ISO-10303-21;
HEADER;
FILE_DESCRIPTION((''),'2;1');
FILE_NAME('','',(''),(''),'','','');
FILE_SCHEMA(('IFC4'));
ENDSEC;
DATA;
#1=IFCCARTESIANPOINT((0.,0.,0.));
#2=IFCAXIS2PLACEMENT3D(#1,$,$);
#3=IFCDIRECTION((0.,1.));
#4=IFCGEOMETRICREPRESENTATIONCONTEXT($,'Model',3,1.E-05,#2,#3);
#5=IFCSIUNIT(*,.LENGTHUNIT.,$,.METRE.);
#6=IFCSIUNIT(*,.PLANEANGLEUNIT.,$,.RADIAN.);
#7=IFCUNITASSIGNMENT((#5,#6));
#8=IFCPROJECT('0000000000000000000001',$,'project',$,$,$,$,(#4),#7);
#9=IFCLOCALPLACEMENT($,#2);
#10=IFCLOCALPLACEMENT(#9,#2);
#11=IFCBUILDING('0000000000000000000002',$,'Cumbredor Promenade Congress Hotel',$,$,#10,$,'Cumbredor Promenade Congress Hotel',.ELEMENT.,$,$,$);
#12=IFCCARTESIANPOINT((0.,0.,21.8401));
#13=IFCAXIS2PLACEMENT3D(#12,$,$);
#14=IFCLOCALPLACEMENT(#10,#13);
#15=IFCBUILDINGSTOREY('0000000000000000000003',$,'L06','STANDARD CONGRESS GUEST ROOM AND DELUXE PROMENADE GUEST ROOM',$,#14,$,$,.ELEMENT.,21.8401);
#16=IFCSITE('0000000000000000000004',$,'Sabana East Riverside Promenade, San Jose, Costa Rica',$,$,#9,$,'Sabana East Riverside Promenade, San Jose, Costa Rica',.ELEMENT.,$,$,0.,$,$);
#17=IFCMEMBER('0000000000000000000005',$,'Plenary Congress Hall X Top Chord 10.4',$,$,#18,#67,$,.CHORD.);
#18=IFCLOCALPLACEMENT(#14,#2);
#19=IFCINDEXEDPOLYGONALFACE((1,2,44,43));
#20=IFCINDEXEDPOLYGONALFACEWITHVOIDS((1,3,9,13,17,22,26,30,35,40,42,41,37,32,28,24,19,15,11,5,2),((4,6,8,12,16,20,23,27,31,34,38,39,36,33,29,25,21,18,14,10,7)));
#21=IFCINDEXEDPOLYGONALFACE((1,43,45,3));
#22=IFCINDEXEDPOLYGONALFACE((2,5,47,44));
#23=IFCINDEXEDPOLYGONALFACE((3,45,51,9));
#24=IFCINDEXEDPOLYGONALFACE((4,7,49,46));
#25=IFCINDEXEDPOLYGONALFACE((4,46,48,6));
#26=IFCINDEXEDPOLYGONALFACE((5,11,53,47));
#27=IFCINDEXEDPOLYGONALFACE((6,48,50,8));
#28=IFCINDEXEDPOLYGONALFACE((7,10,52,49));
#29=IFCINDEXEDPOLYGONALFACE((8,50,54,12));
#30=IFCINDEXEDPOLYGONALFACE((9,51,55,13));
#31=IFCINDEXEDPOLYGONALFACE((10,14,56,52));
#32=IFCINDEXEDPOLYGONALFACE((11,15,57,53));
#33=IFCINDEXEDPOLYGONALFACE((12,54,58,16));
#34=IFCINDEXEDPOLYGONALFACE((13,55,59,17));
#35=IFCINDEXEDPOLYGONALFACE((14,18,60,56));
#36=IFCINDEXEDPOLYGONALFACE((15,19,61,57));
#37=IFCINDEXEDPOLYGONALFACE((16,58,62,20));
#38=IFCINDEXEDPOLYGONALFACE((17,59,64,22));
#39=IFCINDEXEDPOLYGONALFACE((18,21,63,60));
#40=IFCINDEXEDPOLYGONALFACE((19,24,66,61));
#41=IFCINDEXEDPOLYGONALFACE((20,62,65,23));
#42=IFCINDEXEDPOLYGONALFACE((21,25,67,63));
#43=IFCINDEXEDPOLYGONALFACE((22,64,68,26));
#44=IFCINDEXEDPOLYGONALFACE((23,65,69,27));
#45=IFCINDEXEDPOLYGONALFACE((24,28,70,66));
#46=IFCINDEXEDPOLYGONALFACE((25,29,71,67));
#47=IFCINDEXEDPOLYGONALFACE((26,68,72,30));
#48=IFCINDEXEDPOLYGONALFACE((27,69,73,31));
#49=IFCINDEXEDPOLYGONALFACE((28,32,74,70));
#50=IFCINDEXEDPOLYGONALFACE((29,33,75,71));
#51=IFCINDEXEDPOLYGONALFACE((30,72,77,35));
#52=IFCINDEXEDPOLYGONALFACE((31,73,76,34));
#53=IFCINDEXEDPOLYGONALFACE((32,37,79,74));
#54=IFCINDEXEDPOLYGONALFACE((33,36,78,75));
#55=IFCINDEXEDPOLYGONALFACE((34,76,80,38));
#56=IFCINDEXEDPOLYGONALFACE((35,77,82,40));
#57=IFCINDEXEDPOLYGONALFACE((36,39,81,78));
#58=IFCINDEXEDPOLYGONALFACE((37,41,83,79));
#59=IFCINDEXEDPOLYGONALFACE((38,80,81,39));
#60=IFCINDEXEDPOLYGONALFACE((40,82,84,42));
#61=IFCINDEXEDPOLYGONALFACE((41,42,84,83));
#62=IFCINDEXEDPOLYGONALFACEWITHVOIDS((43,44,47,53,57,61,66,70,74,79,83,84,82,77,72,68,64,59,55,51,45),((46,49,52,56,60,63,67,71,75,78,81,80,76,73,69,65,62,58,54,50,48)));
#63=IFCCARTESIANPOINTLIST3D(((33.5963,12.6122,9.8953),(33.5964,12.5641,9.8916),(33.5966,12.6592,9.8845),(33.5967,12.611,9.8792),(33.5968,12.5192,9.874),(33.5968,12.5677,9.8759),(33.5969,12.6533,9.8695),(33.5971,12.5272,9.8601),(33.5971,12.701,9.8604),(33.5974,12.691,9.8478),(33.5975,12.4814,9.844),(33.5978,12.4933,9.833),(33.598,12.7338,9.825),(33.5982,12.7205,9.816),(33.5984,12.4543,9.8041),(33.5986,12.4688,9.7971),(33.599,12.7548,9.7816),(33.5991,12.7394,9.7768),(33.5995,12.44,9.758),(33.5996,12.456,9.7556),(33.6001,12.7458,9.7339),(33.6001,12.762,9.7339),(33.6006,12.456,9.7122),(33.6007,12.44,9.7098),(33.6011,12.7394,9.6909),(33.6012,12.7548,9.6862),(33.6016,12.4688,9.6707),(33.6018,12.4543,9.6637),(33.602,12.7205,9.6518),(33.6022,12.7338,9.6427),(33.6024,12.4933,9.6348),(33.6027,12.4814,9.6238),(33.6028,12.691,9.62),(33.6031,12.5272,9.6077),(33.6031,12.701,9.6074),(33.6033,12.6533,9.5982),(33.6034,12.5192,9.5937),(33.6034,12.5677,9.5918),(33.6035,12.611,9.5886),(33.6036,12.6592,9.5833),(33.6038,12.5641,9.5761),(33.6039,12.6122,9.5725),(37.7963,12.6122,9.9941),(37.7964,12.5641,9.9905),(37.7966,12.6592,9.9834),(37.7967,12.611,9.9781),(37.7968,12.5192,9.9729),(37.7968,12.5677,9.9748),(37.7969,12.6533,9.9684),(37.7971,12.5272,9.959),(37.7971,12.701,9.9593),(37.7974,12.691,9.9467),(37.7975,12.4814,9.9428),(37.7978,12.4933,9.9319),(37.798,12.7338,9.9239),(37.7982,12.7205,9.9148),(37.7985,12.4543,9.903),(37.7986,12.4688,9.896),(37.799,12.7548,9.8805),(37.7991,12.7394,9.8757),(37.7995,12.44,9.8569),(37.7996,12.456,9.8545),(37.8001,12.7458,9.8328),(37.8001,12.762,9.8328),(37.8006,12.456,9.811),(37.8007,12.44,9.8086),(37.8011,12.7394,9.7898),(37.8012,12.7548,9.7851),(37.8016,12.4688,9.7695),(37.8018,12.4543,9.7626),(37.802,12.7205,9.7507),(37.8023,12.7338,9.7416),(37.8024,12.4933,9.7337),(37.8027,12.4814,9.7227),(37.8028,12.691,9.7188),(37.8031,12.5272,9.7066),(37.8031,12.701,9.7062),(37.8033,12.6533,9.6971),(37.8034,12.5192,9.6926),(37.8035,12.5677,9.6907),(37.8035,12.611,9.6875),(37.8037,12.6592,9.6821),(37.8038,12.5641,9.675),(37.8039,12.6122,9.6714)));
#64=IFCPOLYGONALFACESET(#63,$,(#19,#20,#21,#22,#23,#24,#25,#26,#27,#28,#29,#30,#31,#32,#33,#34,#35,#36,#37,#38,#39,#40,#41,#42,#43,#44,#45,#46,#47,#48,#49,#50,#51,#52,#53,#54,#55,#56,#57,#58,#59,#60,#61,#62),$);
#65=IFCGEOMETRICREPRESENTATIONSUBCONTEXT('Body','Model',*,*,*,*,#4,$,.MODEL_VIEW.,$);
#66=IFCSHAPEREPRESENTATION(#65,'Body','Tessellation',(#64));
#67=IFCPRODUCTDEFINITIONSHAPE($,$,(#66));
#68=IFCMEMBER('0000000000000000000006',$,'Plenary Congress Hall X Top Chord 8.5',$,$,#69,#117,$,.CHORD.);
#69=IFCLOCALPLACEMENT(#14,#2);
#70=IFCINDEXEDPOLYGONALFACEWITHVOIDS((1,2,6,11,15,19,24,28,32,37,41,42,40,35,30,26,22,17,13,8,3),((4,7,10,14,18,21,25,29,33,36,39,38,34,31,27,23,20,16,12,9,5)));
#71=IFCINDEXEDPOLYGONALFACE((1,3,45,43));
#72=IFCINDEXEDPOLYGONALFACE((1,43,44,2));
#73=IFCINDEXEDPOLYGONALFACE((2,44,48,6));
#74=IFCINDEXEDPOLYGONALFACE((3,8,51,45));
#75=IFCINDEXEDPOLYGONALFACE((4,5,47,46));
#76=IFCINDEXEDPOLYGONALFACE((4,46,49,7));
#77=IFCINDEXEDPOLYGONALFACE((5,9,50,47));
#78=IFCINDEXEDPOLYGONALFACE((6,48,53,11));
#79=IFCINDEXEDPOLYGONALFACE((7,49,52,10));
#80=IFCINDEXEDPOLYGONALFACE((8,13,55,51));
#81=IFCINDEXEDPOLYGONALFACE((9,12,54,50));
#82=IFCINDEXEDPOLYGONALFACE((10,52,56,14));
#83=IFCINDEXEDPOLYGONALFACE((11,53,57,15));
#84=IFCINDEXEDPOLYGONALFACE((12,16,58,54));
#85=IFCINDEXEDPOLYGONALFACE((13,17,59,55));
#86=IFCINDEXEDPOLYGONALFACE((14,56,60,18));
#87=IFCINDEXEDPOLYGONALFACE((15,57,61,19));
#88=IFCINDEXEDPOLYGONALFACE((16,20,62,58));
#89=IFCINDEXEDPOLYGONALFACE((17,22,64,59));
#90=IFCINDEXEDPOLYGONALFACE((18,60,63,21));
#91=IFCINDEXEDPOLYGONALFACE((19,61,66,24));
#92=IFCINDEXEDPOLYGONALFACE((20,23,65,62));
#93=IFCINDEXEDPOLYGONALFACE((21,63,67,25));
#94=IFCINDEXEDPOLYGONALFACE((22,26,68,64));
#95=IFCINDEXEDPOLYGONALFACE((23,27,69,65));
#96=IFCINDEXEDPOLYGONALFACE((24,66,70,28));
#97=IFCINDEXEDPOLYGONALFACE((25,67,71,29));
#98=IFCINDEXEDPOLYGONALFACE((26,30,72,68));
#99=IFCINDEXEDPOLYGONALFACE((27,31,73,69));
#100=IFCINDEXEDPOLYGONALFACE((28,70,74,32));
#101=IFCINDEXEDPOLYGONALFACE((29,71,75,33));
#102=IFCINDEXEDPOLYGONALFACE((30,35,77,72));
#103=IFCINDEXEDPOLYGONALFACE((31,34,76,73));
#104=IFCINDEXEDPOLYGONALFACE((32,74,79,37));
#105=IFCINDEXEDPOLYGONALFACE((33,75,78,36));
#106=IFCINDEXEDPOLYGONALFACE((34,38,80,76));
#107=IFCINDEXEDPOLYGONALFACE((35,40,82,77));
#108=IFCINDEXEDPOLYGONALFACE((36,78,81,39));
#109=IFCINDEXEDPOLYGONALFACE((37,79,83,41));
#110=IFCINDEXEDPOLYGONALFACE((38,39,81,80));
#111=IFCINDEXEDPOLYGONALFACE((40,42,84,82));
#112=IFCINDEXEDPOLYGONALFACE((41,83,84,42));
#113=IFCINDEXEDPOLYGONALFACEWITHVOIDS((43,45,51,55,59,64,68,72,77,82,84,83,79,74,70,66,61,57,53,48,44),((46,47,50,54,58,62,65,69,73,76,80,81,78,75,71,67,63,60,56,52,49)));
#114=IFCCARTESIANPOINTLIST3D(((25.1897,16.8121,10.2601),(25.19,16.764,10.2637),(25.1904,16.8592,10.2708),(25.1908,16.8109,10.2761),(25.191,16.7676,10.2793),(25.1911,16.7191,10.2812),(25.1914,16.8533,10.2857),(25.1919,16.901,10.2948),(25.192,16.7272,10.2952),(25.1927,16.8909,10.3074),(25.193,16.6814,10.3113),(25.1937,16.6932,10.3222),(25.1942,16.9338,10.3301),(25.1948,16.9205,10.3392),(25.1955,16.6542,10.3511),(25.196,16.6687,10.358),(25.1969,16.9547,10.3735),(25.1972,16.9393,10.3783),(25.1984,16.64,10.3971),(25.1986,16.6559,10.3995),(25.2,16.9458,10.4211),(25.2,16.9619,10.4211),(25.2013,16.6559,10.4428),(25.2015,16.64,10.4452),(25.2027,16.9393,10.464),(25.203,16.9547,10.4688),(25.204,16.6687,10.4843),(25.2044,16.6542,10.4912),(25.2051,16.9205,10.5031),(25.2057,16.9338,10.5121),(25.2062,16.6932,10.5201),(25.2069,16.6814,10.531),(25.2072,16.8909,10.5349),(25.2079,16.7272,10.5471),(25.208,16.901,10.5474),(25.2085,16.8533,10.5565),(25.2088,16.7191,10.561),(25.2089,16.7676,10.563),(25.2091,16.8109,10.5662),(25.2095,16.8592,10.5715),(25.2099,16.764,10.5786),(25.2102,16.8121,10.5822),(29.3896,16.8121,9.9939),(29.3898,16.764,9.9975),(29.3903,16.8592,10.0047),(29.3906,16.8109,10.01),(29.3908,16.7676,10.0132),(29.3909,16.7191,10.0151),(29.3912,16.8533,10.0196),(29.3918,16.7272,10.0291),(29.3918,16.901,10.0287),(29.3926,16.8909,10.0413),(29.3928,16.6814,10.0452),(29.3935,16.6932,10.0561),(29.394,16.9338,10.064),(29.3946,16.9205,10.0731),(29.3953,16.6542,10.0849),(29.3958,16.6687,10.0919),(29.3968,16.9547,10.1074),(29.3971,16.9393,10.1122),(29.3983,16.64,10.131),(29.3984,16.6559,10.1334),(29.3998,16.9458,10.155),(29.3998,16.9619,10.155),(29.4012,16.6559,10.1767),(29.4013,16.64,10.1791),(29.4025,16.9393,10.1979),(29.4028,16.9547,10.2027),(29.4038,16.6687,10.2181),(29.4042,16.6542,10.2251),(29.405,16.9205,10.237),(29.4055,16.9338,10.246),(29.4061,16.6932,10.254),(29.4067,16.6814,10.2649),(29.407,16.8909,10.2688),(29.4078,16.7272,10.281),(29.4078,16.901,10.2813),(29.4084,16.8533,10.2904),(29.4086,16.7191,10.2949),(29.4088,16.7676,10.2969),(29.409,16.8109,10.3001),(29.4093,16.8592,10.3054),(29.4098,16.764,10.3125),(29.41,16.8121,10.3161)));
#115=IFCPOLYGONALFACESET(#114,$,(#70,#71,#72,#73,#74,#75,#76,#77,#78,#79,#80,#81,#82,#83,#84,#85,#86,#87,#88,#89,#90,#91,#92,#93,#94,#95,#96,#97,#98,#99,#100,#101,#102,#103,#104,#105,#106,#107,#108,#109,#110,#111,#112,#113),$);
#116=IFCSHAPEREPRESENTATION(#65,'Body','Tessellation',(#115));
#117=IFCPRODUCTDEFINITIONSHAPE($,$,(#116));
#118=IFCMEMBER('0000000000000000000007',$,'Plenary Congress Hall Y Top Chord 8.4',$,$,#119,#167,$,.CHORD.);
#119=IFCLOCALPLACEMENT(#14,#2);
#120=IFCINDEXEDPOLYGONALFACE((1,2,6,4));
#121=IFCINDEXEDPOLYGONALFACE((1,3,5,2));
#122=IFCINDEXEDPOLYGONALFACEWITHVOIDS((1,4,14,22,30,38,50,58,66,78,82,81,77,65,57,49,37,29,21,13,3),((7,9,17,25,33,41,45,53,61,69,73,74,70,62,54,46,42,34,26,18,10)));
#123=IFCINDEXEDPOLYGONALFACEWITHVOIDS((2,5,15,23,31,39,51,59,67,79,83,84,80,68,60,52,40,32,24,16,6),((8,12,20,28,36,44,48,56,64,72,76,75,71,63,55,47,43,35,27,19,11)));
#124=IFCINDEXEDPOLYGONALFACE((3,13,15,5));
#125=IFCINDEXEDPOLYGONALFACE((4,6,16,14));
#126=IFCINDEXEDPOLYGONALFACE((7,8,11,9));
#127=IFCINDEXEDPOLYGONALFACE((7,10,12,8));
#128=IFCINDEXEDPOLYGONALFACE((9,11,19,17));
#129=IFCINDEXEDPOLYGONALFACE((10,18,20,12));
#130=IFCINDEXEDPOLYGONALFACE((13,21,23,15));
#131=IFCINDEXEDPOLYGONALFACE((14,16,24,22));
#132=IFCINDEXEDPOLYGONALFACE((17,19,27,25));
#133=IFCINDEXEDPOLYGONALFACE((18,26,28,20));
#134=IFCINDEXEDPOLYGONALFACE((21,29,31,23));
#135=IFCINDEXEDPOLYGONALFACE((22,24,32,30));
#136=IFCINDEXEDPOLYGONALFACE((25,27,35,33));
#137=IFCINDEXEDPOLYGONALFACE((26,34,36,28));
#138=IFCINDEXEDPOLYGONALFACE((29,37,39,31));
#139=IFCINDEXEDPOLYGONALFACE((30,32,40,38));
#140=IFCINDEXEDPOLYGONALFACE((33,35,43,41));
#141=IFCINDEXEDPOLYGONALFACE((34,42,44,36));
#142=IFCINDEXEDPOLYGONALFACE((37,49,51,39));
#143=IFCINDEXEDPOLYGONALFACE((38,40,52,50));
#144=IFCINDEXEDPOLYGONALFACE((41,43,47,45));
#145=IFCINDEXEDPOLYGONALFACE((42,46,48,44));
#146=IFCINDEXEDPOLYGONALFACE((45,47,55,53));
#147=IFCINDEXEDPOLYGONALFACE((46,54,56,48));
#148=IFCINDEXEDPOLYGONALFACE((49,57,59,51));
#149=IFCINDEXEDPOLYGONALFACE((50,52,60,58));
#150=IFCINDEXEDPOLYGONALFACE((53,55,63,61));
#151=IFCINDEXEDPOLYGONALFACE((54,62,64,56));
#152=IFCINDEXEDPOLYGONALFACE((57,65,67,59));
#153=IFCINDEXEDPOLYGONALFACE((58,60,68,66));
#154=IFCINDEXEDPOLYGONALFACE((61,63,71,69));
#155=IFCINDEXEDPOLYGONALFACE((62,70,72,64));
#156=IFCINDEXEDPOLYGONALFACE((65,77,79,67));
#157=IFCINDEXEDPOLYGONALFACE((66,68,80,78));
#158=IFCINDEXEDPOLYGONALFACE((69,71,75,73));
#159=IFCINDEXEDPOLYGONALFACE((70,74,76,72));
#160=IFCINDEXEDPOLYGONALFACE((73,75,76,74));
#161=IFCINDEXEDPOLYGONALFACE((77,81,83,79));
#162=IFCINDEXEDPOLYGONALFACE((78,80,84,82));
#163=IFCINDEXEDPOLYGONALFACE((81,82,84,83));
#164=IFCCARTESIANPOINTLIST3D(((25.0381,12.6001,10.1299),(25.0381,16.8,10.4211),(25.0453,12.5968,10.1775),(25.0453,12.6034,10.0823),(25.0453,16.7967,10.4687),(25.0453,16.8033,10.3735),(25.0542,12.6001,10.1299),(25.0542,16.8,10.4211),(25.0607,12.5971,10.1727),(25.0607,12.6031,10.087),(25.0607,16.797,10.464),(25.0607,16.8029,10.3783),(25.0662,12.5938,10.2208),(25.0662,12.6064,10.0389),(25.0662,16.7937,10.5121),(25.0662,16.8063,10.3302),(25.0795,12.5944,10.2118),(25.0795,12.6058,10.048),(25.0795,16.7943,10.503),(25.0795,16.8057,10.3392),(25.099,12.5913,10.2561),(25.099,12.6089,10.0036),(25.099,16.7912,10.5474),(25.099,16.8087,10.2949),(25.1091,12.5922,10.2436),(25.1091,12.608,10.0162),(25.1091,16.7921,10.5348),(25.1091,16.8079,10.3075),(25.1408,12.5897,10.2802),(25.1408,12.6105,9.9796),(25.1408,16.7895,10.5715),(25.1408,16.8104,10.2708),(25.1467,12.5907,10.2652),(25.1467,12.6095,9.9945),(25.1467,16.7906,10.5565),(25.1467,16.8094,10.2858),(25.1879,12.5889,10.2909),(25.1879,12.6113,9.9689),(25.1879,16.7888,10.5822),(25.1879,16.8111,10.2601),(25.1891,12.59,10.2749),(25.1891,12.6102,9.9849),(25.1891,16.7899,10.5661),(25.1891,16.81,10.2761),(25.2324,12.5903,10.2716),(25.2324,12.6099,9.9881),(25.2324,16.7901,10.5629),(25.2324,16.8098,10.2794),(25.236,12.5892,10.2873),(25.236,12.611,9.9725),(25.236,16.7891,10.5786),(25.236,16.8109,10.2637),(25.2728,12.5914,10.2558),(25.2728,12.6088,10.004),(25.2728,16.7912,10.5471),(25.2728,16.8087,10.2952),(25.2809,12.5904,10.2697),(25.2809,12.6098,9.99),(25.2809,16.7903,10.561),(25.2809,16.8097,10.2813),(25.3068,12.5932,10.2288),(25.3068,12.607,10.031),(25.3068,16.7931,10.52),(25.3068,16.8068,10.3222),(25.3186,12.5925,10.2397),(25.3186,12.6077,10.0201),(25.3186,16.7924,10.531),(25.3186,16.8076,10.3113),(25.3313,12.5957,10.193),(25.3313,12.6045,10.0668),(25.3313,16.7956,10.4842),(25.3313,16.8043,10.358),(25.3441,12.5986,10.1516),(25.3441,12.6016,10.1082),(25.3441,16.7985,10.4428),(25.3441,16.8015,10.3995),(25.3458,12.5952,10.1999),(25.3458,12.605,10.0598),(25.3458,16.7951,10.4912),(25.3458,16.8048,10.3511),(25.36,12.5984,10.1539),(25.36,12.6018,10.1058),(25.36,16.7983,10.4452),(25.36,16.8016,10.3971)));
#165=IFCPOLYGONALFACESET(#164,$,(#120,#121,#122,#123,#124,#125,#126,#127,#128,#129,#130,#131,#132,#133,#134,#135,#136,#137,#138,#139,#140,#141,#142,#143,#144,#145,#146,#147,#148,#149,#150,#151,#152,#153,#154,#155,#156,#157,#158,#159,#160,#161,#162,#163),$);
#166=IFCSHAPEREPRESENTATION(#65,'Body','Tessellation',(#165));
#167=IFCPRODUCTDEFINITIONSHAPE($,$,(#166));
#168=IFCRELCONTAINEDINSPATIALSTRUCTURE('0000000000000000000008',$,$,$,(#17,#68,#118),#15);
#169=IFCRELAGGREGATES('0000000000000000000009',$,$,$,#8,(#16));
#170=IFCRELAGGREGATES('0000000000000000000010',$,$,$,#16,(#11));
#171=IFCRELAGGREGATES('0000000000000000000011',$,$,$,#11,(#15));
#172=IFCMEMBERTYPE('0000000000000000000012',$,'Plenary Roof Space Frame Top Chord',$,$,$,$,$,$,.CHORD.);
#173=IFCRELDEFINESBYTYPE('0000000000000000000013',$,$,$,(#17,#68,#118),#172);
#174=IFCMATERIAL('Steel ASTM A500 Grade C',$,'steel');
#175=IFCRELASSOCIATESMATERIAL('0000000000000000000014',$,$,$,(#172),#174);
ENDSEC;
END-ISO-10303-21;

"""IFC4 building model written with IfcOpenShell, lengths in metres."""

from ifc_helpers import new_model, si_unit, direction, frame, origin, origin_2d, place, context, subcontext, project, spatial, hollow_circle, extrude, material, material_profile, profile_set, type_object, element, save


model = new_model("IFC4")

# Units and contexts
model_context = context("Model", 3, precision=1e-05, world=origin(), true_north=direction((0.0, 1.0)))
body_context = subcontext(model_context, "Body", "Model", "MODEL_VIEW")
ifc_project = project(units=[si_unit("LENGTHUNIT", "METRE"), si_unit("PLANEANGLEUNIT", "RADIAN")], contexts=[model_context])

# Site, building, storey
site_placement = place(None, origin())
site = spatial("IfcSite", under=ifc_project, at=site_placement, Name="Sabana East Riverside Promenade, San Jose, Costa Rica", LongName="Sabana East Riverside Promenade, San Jose, Costa Rica", CompositionType="ELEMENT", RefElevation=0.0)
building_placement = place(site_placement, origin())
building = spatial("IfcBuilding", under=site, at=building_placement, Name="Cumbredor Promenade Congress Hotel", LongName="Cumbredor Promenade Congress Hotel", CompositionType="ELEMENT")
storey_placement = place(building_placement, frame((0.0, 0.0, 21.8401)))
storey = spatial("IfcBuildingStorey", under=building, at=storey_placement, Name="L06", Description="STANDARD CONGRESS GUEST ROOM AND DELUXE PROMENADE GUEST ROOM", CompositionType="ELEMENT", Elevation=21.8401)

# Members
ifc_material_1 = material(Name="Steel ASTM A500 Grade C", Category="steel")
ifc_material_profile_1 = material_profile(ifc_material_1, hollow_circle(Radius=0.1619, WallThickness=0.0161, at=origin_2d()), Name="CHS 323.9x16")
ifc_profile_set_1 = profile_set([ifc_material_profile_1], Name="Steel ASTM A500 Grade C")
member_type_1 = type_object("IfcMemberType", Name="Plenary Roof Space Frame Top Chord", PredefinedType="CHORD", material=ifc_profile_set_1)
member_1_placement = place(storey_placement, frame((33.6001, 12.6001, 9.7339), z_axis=(0.999723, 0.0, 0.023536), x_axis=(0.0, 1.0, 0.0)))
element("IfcMember", 1, at=member_1_placement, inside=storey, type_object=member_type_1, Name="Plenary Congress Hall X Top Chord 10.4", PredefinedType="CHORD", context=body_context, shape_type="SweptSolid", body=[
    extrude(hollow_circle(Radius=0.1619, WallThickness=0.0161, at=origin_2d()), origin(), (0.0, 0.0, 1.0), 4.2012),
])
member_2_placement = place(storey_placement, frame((25.2, 16.8, 10.4211), z_axis=(0.997999, 0.0, -0.063234), x_axis=(0.0, 1.0, 0.0)))
element("IfcMember", 2, at=member_2_placement, inside=storey, type_object=member_type_1, Name="Plenary Congress Hall X Top Chord 8.5", PredefinedType="CHORD", context=body_context, shape_type="SweptSolid", body=[
    extrude(hollow_circle(Radius=0.1619, WallThickness=0.0161, at=origin_2d()), origin(), (0.0, 0.0, 1.0), 4.2083),
])
member_3_placement = place(storey_placement, frame((25.2, 12.6001, 10.1299), z_axis=(0.0, 0.997604, 0.069182), x_axis=(-1.0, 0.0, 0.0)))
element("IfcMember", 3, at=member_3_placement, inside=storey, type_object=member_type_1, Name="Plenary Congress Hall Y Top Chord 8.4", PredefinedType="CHORD", context=body_context, shape_type="SweptSolid", body=[
    extrude(hollow_circle(Radius=0.1619, WallThickness=0.0161, at=origin_2d()), origin(), (0.0, 0.0, 1.0), 4.21),
])

save(model, "model.ifc")
